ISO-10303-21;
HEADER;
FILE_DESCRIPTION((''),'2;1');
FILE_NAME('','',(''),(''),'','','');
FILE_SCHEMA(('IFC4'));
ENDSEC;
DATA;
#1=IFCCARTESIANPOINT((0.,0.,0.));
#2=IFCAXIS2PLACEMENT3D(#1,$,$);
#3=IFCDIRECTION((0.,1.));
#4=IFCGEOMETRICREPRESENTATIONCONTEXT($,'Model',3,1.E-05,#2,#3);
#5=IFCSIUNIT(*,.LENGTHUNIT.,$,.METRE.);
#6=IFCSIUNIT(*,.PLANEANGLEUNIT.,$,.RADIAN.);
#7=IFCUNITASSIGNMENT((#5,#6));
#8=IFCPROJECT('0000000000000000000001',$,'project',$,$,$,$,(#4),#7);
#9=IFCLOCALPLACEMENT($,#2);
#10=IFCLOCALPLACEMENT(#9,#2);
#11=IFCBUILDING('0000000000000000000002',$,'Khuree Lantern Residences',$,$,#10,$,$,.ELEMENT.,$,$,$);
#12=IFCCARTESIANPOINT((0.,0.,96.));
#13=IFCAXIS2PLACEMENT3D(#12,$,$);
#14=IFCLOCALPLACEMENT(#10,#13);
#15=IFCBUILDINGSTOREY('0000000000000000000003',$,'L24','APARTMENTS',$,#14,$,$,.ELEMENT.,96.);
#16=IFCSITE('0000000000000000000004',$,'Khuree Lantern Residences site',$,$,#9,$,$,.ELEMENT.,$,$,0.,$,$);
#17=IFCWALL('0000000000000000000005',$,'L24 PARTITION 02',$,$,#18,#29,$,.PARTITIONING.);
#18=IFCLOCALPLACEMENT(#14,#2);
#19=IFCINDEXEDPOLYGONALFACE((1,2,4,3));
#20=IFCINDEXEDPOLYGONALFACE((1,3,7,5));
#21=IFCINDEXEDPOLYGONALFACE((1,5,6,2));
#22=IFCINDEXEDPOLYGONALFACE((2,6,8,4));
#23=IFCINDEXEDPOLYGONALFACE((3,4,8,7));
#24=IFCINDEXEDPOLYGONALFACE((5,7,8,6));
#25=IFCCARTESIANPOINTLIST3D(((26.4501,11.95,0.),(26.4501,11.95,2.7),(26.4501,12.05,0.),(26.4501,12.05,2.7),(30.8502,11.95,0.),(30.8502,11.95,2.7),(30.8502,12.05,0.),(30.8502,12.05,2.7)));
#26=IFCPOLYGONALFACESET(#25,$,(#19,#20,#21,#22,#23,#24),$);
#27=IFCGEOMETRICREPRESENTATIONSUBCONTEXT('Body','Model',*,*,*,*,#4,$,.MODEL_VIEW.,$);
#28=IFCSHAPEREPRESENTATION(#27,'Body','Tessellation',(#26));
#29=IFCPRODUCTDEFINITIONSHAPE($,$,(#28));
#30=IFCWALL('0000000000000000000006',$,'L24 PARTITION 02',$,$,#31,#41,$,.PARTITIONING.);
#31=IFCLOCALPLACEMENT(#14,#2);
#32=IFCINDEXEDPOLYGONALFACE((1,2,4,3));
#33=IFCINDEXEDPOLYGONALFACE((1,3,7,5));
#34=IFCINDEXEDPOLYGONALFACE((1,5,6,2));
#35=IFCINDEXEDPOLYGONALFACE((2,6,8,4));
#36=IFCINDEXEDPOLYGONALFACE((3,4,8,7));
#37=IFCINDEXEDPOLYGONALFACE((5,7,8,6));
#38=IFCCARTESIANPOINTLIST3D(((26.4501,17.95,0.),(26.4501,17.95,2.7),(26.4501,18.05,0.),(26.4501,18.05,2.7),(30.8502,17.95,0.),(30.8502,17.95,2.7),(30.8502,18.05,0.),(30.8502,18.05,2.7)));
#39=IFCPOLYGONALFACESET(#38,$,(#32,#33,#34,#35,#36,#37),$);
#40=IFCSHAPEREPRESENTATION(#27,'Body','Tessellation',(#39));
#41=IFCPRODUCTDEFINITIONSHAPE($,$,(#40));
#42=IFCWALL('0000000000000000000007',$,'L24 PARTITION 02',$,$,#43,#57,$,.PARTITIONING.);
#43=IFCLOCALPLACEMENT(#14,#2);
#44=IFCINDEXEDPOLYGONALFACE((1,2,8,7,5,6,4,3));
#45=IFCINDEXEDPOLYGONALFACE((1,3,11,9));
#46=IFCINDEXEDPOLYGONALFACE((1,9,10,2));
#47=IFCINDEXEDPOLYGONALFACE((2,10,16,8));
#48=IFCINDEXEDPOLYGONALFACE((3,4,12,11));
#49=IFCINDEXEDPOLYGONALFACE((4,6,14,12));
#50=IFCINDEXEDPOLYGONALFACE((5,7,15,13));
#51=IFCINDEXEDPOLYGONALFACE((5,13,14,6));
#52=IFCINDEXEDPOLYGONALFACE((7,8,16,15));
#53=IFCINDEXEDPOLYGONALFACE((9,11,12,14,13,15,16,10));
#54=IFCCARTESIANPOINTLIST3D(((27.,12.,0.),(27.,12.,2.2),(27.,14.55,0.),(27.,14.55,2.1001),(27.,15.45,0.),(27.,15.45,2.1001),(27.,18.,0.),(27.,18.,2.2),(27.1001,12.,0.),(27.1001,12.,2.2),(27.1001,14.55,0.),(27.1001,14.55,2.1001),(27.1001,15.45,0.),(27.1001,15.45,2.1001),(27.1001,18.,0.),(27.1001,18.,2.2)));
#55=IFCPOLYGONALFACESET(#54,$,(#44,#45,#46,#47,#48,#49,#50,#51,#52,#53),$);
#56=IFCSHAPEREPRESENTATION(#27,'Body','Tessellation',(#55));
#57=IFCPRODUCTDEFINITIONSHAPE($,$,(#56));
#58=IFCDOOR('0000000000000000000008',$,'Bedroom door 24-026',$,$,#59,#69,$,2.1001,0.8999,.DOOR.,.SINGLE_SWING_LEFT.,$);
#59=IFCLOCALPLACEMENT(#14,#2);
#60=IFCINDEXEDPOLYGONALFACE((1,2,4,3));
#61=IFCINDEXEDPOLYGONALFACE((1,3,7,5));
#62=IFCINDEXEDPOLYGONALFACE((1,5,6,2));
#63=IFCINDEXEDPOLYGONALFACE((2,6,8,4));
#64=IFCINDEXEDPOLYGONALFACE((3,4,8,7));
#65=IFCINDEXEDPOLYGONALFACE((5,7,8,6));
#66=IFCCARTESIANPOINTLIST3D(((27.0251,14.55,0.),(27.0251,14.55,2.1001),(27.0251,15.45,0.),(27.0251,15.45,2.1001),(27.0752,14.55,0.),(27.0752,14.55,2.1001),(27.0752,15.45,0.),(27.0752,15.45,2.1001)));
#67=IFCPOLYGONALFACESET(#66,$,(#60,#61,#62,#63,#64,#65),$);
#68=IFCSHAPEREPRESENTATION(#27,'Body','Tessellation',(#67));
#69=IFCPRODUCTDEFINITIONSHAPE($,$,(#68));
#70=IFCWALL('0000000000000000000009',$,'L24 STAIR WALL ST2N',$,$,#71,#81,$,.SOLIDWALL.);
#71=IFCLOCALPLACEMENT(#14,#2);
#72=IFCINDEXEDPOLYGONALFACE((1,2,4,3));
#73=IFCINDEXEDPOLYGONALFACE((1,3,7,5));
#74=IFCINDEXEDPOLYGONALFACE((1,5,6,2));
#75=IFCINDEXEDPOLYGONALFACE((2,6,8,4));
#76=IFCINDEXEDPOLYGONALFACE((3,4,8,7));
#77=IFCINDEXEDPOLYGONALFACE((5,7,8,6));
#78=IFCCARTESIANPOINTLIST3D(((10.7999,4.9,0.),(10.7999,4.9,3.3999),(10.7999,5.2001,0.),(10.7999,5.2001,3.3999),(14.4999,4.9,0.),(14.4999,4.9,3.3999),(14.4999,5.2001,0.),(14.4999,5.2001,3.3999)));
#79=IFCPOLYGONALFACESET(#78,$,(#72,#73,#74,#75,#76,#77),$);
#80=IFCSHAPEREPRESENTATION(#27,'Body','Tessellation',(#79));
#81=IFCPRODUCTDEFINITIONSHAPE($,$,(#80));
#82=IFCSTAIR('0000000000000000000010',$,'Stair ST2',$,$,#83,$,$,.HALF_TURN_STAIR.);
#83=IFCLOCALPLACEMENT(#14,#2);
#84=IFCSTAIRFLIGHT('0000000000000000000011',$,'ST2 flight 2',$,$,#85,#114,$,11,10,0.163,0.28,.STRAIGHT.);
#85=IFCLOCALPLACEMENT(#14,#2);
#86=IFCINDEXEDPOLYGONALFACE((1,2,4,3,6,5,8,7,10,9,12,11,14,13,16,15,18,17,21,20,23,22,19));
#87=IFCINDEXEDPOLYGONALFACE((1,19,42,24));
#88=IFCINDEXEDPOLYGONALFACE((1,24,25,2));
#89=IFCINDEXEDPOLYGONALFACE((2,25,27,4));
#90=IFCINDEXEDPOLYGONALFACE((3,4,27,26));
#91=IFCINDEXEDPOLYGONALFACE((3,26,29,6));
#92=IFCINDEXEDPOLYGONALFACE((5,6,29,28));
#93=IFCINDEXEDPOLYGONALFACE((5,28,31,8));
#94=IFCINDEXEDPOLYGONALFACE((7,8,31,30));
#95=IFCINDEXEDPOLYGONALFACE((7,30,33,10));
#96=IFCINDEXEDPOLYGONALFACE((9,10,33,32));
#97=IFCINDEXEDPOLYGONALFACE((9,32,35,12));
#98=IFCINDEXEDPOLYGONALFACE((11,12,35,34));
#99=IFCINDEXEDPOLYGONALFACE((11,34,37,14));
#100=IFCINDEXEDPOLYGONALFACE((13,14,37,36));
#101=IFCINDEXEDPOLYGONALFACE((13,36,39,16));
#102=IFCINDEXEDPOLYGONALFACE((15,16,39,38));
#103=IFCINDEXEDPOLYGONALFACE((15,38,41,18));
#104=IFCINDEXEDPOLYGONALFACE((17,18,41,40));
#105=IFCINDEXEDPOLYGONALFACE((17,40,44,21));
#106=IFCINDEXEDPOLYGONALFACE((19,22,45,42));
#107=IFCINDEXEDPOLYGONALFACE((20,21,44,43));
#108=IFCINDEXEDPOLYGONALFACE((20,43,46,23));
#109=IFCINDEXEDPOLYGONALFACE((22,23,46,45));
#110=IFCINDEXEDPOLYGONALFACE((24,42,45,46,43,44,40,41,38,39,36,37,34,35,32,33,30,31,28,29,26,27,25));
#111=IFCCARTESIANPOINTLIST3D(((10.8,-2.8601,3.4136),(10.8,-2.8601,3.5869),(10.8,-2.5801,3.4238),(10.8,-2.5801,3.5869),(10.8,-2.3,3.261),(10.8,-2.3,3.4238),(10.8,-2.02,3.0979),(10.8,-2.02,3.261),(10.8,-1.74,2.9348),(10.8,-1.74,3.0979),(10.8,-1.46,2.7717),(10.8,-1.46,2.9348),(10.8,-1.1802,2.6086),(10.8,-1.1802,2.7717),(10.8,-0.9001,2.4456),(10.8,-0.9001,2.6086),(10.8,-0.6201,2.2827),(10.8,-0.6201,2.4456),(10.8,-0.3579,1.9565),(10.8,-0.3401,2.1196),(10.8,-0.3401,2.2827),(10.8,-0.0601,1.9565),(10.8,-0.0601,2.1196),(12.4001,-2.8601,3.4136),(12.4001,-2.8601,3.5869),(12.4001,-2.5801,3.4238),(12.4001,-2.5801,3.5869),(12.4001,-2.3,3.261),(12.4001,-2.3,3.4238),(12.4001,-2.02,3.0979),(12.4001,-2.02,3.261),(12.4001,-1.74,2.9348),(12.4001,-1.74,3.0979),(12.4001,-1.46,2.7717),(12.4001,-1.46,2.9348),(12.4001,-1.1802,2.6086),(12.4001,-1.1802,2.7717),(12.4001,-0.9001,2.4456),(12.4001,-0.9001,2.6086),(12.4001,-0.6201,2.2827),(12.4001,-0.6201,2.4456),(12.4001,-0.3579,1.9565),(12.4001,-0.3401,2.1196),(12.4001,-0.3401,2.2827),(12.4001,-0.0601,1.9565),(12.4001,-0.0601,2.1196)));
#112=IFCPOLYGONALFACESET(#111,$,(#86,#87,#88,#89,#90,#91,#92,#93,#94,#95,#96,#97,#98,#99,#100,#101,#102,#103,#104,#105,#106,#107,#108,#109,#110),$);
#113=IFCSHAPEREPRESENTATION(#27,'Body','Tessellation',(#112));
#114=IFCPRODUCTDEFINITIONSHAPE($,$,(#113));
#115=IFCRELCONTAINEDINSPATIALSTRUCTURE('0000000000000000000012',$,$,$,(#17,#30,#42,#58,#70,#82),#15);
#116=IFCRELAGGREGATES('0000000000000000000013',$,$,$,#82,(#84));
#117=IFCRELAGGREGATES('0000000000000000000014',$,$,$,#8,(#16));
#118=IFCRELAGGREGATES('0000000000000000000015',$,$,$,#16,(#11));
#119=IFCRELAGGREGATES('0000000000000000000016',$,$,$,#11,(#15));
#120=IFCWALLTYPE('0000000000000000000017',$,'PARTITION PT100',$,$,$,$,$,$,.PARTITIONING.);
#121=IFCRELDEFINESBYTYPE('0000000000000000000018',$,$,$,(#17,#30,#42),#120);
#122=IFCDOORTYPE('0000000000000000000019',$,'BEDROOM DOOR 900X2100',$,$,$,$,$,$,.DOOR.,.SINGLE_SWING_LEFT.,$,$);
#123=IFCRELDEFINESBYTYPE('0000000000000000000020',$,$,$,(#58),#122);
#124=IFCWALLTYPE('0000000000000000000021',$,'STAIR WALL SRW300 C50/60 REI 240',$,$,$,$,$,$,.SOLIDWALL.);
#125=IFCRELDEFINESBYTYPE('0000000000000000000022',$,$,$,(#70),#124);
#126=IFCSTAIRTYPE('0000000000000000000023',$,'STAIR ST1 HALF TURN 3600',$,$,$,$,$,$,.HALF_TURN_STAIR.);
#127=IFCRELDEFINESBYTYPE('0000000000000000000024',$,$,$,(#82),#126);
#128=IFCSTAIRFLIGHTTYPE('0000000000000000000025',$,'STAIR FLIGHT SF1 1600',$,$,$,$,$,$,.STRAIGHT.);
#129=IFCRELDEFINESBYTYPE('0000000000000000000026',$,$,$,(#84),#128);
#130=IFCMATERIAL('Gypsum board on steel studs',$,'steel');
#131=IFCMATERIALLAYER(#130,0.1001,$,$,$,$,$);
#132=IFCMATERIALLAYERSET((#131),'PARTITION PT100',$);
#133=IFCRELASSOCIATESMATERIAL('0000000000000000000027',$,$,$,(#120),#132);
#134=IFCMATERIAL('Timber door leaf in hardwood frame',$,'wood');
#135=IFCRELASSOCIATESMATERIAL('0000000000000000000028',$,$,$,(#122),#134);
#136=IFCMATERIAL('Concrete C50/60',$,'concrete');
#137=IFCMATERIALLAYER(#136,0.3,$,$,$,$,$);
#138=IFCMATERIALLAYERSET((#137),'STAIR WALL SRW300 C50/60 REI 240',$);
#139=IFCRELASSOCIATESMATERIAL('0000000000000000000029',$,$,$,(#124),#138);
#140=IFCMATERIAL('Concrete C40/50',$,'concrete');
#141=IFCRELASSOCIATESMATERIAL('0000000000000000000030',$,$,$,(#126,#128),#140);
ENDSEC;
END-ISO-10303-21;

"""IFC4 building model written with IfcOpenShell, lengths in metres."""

from ifc_helpers import new_model, si_unit, direction, frame, frame_2d, origin, place, context, subcontext, project, spatial, polyline, rectangle, outline, extrude, material, layer, layer_set, type_object, element, fill, aggregate, save


model = new_model("IFC4")

# Units and contexts
model_context = context("Model", 3, precision=1e-05, world=origin(), true_north=direction((0.0, 1.0)))
body_context = subcontext(model_context, "Body", "Model", "MODEL_VIEW")
ifc_project = project(units=[si_unit("LENGTHUNIT", "METRE"), si_unit("PLANEANGLEUNIT", "RADIAN")], contexts=[model_context])

# Site, building, storey
site_placement = place(None, origin())
site = spatial("IfcSite", under=ifc_project, at=site_placement, Name="Khuree Lantern Residences site", CompositionType="ELEMENT", RefElevation=0.0)
building_placement = place(site_placement, origin())
building = spatial("IfcBuilding", under=site, at=building_placement, Name="Khuree Lantern Residences", CompositionType="ELEMENT")
storey_placement = place(building_placement, frame((0.0, 0.0, 96.0)))
storey = spatial("IfcBuildingStorey", under=building, at=storey_placement, Name="L24", Description="APARTMENTS", CompositionType="ELEMENT", Elevation=96.0)

# Shared definitions
ifc_material_1 = material(Name="Timber door leaf in hardwood frame", Category="wood")

# Walls
ifc_material_2 = material(Name="Gypsum board on steel studs", Category="steel")
ifc_layer_1 = layer(ifc_material_2, 0.1001)
ifc_layer_set_1 = layer_set([ifc_layer_1], Name="PARTITION PT100")
wall_type_1 = type_object("IfcWallType", Name="PARTITION PT100", PredefinedType="PARTITIONING", material=ifc_layer_set_1)
for number, where, z_axis, x_axis, name in (
    (1, (26.45, 12.0, 0.0), (0.0, 0.0, 1.0), (1.0, 0.0, 0.0), "L24 PARTITION 02"),
    (2, (26.45, 18.0, 0.0), (0.0, 0.0, 1.0), (1.0, 0.0, 0.0), "L24 PARTITION 02"),
):
    element("IfcWall", number, at=place(storey_placement, frame(where, z_axis=z_axis, x_axis=x_axis)), inside=storey, type_object=wall_type_1, Name=name, PredefinedType="PARTITIONING", context=body_context, shape_type="SweptSolid", body=[
        extrude(rectangle(XDim=4.4001, YDim=0.1001, at=frame_2d((2.2002, 0.0))), origin(), (0.0, 0.0, 1.0), 2.7),
    ])

# Wall, opening, door
wall_1_placement = place(storey_placement, frame((27.05, 12.0, 0.0), z_axis=(0.0, 0.0, 1.0), x_axis=(0.0, 1.0, 0.0)))
wall_1 = element("IfcWall", 3, at=wall_1_placement, inside=storey, type_object=wall_type_1, Name="L24 PARTITION 02", PredefinedType="PARTITIONING", context=body_context, shape_type="SweptSolid", body=[
    extrude(rectangle(XDim=6.0, YDim=0.1001, at=frame_2d((3.0, 0.0))), origin(), (0.0, 0.0, 1.0), 2.2),
])
opening_1_placement = place(wall_1_placement, frame((2.55, 0.0, 0.0)))
opening_1 = element("IfcOpeningElement", 4, at=opening_1_placement, cuts=wall_1, PredefinedType="OPENING", context=body_context, shape_type="SweptSolid", body=[
    extrude(rectangle(XDim=0.8999, YDim=2.1001, at=frame_2d((0.45, 1.05))), frame((0.0, 0.0601, 0.0), z_axis=(0.0, -1.0, 0.0), x_axis=(1.0, 0.0, 0.0)), (0.0, 0.0, 1.0), 0.1201),
])
door_type_1 = type_object("IfcDoorType", Name="BEDROOM DOOR 900X2100", OperationType="SINGLE_SWING_LEFT", PredefinedType="DOOR", material=ifc_material_1)
door_1_placement = place(opening_1_placement, origin())
door_1 = element("IfcDoor", 5, at=door_1_placement, inside=storey, type_object=door_type_1, Name="Bedroom door 24-026", OperationType="SINGLE_SWING_LEFT", OverallHeight=2.1001, OverallWidth=0.8999, PredefinedType="DOOR", context=body_context, shape_type="SweptSolid", body=[
    extrude(rectangle(XDim=0.8999, YDim=2.1001, at=frame_2d((0.45, 1.05))), frame((0.0, 0.0249, 0.0), z_axis=(0.0, -1.0, 0.0), x_axis=(1.0, 0.0, 0.0)), (0.0, 0.0, 1.0), 0.05),
])
fill(opening_1, door_1)

# Wall
ifc_material_3 = material(Name="Concrete C50/60", Category="concrete")
ifc_layer_2 = layer(ifc_material_3, 0.3)
ifc_layer_set_2 = layer_set([ifc_layer_2], Name="STAIR WALL SRW300 C50/60 REI 240")
wall_type_2 = type_object("IfcWallType", Name="STAIR WALL SRW300 C50/60 REI 240", PredefinedType="SOLIDWALL", material=ifc_layer_set_2)
wall_2_placement = place(storey_placement, frame((14.5, 5.05, 0.0), z_axis=(0.0, 0.0, 1.0), x_axis=(-1.0, 0.0, 0.0)))
element("IfcWall", 6, at=wall_2_placement, inside=storey, type_object=wall_type_2, Name="L24 STAIR WALL ST2N", PredefinedType="SOLIDWALL", context=body_context, shape_type="SweptSolid", body=[
    extrude(rectangle(XDim=3.7, YDim=0.3, at=frame_2d((1.8501, 0.0))), origin(), (0.0, 0.0, 1.0), 3.3999),
])

# Stair, stair flight
ifc_material_4 = material(Name="Concrete C40/50", Category="concrete")
stair_type = type_object("IfcStairType", Name="STAIR ST1 HALF TURN 3600", PredefinedType="HALF_TURN_STAIR", material=ifc_material_4)
stair_placement = place(storey_placement, origin())
stair = element("IfcStair", 7, at=stair_placement, inside=storey, type_object=stair_type, Name="Stair ST2", PredefinedType="HALF_TURN_STAIR")
stair_flight_type = type_object("IfcStairFlightType", Name="STAIR FLIGHT SF1 1600", PredefinedType="STRAIGHT", material=ifc_material_4)
stair_flight_placement = place(storey_placement, frame((11.6001, -0.0601, 1.9565), z_axis=(0.0, 0.0, 1.0), x_axis=(0.0, -1.0, 0.0)))
stair_flight = element("IfcStairFlight", 8, at=stair_flight_placement, type_object=stair_flight_type, Name="ST2 flight 2", NumberOfRisers=11, NumberOfTreads=10, PredefinedType="STRAIGHT", RiserHeight=0.163, TreadLength=0.28, context=body_context, shape_type="SweptSolid", body=[
    extrude(outline(polyline([(0.0, 0.0), (0.0, 0.1631), (0.28, 0.1631), (0.28, 0.3262), (0.5601, 0.3262), (0.5601, 0.489), (0.8401, 0.489), (0.8401, 0.6521), (1.1201, 0.6521), (1.1201, 0.8152), (1.3999, 0.8152), (1.3999, 0.9783), (1.6799, 0.9783), (1.6799, 1.1414), (1.96, 1.1414), (1.96, 1.3044), (2.24, 1.3044), (2.24, 1.4673), (2.52, 1.4673), (2.52, 1.6304), (2.8, 1.6304), (2.8, 1.7935), (2.8, 1.457), (0.2979, 0.0), (0.0, 0.0)])), frame((0.0, 0.8, 0.0), z_axis=(0.0, -1.0, 0.0), x_axis=(1.0, 0.0, 0.0)), (0.0, 0.0, 1.0), 1.6001),
])
aggregate(stair, [stair_flight])

save(model, "model.ifc")
